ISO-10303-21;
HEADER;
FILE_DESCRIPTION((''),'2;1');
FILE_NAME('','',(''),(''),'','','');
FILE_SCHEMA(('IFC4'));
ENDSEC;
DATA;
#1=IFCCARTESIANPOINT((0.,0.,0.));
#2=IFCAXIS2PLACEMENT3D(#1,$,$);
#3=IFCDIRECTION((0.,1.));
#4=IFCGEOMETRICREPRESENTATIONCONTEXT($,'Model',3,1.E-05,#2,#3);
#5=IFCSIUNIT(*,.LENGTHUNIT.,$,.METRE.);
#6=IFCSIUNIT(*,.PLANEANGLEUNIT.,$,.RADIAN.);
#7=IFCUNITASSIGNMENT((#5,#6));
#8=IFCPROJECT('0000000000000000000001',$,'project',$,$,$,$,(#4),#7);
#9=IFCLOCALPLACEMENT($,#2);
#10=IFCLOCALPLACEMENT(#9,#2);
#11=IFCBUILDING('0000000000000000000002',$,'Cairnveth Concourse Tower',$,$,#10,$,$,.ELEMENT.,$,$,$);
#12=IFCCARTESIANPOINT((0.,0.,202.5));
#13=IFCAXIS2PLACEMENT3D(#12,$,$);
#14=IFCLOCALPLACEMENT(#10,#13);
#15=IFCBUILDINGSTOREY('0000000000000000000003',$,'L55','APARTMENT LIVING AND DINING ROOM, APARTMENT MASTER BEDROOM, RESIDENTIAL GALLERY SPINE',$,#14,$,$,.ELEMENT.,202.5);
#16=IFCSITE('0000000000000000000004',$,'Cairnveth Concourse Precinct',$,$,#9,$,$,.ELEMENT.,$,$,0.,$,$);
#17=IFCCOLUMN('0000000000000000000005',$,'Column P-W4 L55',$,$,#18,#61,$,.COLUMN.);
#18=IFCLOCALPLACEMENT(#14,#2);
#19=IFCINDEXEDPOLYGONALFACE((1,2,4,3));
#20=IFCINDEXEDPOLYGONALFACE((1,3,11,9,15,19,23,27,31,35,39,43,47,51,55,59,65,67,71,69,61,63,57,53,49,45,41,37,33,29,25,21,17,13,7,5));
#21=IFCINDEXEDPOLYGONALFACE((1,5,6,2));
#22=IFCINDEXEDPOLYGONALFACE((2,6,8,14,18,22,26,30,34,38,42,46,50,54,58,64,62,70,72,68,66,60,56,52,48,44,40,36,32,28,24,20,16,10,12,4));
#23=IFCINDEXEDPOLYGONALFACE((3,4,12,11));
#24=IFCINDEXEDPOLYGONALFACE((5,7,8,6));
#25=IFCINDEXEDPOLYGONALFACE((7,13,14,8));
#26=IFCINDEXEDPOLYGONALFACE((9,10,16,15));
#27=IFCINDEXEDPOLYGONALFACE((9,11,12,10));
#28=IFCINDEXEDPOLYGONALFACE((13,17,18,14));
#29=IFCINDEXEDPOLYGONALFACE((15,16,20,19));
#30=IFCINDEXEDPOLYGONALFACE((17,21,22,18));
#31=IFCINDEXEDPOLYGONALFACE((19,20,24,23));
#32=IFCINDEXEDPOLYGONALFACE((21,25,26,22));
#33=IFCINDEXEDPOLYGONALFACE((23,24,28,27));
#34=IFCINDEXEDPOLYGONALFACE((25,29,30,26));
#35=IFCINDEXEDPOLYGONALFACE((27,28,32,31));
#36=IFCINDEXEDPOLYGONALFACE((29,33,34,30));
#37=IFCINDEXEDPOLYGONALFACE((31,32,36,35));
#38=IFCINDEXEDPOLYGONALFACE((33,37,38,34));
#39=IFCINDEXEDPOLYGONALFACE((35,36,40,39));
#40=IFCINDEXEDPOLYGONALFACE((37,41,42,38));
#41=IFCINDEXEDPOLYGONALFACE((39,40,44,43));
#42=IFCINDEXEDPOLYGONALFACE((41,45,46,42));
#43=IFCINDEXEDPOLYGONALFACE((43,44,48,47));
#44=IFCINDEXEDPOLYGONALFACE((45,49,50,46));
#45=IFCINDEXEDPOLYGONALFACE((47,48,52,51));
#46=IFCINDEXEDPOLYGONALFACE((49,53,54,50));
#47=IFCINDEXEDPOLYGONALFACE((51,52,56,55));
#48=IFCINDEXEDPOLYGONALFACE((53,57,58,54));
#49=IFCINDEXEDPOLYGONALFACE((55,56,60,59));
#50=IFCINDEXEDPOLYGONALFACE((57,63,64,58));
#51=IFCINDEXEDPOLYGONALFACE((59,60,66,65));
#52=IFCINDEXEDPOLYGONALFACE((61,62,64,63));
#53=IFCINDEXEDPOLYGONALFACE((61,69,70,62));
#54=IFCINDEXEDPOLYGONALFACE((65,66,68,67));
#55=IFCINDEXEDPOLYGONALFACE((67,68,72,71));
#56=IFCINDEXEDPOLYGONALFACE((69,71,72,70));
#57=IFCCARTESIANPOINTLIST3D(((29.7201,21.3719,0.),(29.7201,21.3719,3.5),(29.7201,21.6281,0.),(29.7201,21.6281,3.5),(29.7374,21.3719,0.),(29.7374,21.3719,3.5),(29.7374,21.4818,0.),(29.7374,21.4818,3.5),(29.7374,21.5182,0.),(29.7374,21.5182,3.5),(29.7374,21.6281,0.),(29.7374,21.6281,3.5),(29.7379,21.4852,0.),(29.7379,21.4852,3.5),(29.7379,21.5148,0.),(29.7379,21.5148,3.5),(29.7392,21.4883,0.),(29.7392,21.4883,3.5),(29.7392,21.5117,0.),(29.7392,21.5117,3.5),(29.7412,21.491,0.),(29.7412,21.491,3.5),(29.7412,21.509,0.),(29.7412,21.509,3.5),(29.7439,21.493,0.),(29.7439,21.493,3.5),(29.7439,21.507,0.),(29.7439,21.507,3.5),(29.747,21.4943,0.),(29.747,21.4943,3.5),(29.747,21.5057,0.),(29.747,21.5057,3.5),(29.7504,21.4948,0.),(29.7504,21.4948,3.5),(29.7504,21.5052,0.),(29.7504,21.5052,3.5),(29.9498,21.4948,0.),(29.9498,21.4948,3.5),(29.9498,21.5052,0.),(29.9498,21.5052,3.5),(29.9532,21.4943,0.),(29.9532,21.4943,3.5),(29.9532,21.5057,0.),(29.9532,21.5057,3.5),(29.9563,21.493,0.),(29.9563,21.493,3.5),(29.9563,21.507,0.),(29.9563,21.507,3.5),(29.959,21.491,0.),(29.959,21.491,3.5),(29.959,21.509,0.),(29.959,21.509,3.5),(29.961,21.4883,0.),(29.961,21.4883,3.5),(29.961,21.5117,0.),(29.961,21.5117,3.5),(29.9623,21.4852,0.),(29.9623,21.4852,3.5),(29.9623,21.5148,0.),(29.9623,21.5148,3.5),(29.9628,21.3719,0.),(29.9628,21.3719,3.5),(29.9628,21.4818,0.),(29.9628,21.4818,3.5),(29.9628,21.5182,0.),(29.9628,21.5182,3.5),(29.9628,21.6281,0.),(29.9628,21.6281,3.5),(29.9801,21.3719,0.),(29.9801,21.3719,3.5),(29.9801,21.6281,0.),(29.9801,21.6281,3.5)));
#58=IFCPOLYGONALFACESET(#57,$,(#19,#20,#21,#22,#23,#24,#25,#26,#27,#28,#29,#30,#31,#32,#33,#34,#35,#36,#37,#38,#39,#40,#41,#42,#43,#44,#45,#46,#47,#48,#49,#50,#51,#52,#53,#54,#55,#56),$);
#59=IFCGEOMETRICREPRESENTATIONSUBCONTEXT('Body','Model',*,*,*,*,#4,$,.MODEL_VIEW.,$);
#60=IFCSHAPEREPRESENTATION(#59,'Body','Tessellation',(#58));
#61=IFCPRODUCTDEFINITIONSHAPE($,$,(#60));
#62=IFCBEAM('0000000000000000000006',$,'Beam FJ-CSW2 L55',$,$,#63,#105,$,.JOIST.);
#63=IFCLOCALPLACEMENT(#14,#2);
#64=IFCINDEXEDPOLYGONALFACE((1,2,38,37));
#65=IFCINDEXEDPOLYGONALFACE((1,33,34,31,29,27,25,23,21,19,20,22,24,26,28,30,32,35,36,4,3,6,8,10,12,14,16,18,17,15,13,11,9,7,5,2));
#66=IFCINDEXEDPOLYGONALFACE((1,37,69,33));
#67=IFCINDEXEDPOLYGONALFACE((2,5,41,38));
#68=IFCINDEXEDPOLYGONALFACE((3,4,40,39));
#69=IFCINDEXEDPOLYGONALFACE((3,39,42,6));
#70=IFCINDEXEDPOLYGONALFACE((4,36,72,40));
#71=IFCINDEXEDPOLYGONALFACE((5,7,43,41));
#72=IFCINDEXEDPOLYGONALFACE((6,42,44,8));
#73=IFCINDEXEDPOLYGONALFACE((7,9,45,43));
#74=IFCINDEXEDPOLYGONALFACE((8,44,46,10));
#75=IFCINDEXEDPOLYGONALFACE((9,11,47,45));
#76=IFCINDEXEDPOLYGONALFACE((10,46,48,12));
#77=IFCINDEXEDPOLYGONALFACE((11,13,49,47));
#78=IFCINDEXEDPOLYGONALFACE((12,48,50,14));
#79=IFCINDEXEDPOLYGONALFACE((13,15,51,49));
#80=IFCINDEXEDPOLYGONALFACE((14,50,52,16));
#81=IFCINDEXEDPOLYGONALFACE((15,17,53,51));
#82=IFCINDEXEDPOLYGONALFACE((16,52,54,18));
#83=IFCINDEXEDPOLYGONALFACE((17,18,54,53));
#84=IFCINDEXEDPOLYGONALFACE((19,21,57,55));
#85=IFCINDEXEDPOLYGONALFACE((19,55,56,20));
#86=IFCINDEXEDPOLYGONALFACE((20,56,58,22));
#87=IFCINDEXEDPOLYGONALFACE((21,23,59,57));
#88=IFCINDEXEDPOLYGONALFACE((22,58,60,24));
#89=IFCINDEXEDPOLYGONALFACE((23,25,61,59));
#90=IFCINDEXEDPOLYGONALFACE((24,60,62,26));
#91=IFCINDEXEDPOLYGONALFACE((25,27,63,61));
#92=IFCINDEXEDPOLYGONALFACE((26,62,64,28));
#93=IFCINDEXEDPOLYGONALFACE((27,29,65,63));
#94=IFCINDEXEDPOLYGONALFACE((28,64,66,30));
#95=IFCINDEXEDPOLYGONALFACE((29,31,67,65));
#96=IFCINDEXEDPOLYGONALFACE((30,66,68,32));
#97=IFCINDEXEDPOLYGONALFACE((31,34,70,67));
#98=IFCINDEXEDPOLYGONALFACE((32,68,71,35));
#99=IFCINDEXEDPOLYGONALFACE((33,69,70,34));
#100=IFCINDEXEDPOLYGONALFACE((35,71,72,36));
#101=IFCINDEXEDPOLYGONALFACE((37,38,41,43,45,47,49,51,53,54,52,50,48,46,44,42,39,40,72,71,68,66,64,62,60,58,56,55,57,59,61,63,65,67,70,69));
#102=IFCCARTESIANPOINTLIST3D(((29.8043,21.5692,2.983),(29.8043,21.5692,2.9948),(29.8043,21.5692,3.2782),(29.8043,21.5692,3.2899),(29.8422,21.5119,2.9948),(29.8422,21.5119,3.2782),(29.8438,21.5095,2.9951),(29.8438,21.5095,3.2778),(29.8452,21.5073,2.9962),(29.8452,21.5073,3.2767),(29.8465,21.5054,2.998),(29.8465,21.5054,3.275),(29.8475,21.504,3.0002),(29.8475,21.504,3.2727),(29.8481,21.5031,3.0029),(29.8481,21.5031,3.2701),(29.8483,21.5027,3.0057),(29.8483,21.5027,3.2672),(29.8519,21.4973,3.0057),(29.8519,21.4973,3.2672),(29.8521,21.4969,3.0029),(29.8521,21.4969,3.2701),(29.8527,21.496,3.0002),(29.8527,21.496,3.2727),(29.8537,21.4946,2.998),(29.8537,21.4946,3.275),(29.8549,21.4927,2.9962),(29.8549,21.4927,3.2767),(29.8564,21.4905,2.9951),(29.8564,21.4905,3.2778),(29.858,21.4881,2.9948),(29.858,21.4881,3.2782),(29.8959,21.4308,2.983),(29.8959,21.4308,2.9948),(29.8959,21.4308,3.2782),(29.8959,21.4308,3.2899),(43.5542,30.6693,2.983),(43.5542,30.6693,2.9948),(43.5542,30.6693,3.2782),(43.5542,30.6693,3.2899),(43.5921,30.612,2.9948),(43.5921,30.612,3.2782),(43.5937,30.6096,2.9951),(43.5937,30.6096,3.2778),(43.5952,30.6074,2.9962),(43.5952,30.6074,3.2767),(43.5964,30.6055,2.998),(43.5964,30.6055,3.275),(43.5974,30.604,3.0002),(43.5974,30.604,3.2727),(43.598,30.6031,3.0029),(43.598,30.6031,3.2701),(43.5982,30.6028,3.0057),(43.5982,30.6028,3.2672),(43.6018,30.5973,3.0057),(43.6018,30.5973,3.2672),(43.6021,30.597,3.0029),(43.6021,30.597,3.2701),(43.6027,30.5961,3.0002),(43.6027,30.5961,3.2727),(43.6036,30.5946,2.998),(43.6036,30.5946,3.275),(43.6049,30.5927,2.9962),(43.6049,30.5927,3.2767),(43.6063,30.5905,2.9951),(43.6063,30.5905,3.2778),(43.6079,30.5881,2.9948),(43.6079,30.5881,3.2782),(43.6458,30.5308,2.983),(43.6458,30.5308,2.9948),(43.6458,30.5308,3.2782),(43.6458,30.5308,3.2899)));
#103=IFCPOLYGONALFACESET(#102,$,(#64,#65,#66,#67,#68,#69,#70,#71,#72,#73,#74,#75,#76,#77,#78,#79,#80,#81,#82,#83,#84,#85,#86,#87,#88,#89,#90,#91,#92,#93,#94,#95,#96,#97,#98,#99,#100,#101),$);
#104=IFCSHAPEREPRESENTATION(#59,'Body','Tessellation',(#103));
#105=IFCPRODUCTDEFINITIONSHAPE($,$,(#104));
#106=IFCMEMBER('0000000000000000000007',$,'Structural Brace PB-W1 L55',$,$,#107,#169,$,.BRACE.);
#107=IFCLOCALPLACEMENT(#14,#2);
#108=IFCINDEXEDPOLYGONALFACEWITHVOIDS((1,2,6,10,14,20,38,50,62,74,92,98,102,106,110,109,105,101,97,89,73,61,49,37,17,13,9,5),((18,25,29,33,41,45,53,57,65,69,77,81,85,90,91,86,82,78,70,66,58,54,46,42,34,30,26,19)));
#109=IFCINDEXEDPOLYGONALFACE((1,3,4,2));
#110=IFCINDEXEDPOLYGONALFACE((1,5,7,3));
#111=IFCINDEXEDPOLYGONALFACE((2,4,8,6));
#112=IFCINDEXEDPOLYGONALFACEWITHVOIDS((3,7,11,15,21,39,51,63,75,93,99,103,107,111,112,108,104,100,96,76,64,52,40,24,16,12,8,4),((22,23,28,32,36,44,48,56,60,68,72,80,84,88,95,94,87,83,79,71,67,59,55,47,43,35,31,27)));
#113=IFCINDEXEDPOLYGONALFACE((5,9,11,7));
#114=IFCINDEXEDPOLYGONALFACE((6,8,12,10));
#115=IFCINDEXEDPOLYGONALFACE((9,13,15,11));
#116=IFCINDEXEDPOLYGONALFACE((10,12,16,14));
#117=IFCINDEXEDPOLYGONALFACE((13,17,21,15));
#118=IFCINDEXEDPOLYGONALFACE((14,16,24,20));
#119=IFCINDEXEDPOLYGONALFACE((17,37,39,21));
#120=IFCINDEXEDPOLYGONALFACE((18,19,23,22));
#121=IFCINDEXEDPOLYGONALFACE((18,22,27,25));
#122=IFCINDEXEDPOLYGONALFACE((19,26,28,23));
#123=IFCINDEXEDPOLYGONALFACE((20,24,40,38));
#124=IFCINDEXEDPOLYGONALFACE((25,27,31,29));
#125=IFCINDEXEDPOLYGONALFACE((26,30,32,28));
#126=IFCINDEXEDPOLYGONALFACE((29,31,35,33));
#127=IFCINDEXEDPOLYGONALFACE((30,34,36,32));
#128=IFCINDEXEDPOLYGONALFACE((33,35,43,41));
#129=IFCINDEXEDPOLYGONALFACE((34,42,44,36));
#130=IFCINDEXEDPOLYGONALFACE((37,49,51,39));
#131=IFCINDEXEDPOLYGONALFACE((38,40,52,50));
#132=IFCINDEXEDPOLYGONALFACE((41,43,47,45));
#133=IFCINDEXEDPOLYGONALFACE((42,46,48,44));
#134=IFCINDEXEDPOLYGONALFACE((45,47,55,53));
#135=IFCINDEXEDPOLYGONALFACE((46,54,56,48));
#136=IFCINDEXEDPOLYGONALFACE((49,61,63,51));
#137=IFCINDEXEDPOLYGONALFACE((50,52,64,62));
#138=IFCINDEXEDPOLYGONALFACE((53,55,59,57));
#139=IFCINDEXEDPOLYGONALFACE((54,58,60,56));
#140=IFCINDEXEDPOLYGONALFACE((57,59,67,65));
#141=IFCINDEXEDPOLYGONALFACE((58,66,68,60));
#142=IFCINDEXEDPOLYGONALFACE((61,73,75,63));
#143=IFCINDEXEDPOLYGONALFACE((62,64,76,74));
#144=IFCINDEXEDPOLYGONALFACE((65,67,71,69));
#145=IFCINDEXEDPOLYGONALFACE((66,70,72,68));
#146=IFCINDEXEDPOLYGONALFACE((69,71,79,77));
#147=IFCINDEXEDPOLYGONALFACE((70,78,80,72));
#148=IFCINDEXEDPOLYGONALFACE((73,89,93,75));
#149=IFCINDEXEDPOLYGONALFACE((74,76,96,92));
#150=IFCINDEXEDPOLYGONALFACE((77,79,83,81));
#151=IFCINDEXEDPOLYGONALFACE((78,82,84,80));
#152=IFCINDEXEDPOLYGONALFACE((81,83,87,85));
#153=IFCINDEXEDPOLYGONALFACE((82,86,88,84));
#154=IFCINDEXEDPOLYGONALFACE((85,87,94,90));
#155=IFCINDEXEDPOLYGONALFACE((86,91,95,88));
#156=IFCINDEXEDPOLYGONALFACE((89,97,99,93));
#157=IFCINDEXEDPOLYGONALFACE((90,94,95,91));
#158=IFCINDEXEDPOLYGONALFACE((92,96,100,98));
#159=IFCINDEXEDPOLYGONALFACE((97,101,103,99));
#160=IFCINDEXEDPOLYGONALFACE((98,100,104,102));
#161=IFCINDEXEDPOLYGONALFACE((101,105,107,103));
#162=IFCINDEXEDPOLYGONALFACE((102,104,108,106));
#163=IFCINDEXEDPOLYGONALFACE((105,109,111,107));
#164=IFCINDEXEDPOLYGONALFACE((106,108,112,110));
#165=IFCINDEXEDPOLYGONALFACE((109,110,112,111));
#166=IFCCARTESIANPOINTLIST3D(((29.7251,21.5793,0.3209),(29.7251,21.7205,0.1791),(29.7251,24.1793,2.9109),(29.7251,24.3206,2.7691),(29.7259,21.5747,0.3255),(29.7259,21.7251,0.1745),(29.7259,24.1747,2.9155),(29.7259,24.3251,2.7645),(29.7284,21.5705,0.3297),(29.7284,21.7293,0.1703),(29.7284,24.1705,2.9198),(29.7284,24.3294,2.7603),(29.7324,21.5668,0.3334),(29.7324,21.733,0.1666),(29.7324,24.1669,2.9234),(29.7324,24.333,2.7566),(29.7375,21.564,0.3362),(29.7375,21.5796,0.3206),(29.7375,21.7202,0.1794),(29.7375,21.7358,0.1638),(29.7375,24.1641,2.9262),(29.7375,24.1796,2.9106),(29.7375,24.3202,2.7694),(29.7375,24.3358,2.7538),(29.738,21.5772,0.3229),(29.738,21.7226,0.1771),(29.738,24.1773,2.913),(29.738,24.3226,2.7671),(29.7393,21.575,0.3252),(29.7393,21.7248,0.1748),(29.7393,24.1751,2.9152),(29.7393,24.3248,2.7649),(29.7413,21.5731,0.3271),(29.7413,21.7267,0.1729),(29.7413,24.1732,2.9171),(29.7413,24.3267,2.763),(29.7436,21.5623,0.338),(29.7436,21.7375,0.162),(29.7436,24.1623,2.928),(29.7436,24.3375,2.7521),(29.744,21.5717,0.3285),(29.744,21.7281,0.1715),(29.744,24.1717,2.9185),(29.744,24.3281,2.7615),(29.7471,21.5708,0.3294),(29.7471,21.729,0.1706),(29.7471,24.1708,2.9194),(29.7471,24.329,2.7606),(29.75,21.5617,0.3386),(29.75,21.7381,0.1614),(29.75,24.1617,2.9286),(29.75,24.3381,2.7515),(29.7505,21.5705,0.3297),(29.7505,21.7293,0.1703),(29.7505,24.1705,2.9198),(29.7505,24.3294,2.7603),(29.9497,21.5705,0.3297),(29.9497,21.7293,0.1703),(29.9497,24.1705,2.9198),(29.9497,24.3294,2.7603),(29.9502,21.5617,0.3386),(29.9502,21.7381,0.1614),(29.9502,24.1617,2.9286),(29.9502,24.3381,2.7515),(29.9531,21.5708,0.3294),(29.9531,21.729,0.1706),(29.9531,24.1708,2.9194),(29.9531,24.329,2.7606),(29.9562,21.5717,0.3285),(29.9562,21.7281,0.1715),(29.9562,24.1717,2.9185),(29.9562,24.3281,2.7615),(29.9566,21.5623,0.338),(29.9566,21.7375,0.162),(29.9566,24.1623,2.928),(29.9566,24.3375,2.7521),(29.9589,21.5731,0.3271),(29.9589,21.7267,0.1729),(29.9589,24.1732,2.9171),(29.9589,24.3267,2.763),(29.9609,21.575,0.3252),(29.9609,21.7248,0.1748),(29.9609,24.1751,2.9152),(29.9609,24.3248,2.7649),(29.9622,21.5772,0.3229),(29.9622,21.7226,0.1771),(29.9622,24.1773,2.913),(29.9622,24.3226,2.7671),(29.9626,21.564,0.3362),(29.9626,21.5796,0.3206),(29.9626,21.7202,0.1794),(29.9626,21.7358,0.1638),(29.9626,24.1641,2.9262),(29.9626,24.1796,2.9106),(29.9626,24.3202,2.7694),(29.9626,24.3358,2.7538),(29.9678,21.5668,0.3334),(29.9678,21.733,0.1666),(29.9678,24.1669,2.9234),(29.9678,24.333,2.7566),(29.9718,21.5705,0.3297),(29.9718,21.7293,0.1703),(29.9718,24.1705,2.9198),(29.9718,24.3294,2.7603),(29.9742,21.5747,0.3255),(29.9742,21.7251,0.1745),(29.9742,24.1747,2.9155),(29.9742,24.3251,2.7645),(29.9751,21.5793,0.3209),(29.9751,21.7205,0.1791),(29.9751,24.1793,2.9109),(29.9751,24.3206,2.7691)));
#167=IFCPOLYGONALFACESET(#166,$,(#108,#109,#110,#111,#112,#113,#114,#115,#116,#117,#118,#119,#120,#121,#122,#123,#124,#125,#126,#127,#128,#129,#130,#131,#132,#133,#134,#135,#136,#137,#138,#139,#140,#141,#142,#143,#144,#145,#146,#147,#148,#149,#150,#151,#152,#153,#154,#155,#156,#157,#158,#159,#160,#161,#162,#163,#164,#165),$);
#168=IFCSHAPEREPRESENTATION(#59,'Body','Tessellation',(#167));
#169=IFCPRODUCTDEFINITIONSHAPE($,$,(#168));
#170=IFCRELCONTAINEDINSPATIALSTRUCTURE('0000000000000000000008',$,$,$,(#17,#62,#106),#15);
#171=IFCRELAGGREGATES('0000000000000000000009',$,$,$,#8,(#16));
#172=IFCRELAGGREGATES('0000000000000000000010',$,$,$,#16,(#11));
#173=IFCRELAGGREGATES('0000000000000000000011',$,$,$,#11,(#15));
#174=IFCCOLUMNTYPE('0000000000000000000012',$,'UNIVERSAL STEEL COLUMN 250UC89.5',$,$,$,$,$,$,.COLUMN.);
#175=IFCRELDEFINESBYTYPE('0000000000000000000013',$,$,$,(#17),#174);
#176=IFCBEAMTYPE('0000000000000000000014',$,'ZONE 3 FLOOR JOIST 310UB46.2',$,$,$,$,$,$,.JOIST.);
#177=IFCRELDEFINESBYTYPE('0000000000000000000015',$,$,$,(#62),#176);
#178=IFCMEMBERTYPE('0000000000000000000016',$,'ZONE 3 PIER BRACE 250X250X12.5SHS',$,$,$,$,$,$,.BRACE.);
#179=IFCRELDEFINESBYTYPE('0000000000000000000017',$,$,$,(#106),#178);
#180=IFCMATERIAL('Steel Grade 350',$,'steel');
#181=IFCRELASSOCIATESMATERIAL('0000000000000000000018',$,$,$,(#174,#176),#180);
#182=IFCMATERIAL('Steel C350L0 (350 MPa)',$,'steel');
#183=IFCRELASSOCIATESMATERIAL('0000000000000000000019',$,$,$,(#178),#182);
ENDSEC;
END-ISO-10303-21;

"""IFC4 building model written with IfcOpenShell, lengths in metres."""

from ifc_helpers import new_model, si_unit, direction, frame, origin, origin_2d, place, context, subcontext, project, spatial, hollow_rectangle, i_section, extrude, material, material_profile, profile_set, type_object, element, save


model = new_model("IFC4")

# Units and contexts
model_context = context("Model", 3, precision=1e-05, world=origin(), true_north=direction((0.0, 1.0)))
body_context = subcontext(model_context, "Body", "Model", "MODEL_VIEW")
ifc_project = project(units=[si_unit("LENGTHUNIT", "METRE"), si_unit("PLANEANGLEUNIT", "RADIAN")], contexts=[model_context])

# Site, building, storey
site_placement = place(None, origin())
site = spatial("IfcSite", under=ifc_project, at=site_placement, Name="Cairnveth Concourse Precinct", CompositionType="ELEMENT", RefElevation=0.0)
building_placement = place(site_placement, origin())
building = spatial("IfcBuilding", under=site, at=building_placement, Name="Cairnveth Concourse Tower", CompositionType="ELEMENT")
storey_placement = place(building_placement, frame((0.0, 0.0, 202.5)))
storey = spatial("IfcBuildingStorey", under=building, at=storey_placement, Name="L55", Description="APARTMENT LIVING AND DINING ROOM, APARTMENT MASTER BEDROOM, RESIDENTIAL GALLERY SPINE", CompositionType="ELEMENT", Elevation=202.5)

# Column
ifc_material_1 = material(Name="Steel Grade 350", Category="steel")
ifc_material_profile_1 = material_profile(ifc_material_1, i_section(OverallWidth=0.2561, OverallDepth=0.26, WebThickness=0.0105, FlangeThickness=0.0173, FilletRadius=0.0129, at=origin_2d()), Name="250UC89.5")
ifc_profile_set_1 = profile_set([ifc_material_profile_1], Name="Steel Grade 350")
column_type = type_object("IfcColumnType", Name="UNIVERSAL STEEL COLUMN 250UC89.5", PredefinedType="COLUMN", material=ifc_profile_set_1)
column_placement = place(storey_placement, frame((29.8501, 21.5, 0.0), z_axis=(0.0, 0.0, 1.0), x_axis=(0.0, 1.0, 0.0)))
element("IfcColumn", 1, at=column_placement, inside=storey, type_object=column_type, Name="Column P-W4 L55", PredefinedType="COLUMN", context=body_context, shape_type="SweptSolid", body=[
    extrude(i_section(OverallWidth=0.2561, OverallDepth=0.26, WebThickness=0.0105, FlangeThickness=0.0173, FilletRadius=0.0129, at=origin_2d()), origin(), (0.0, 0.0, 1.0), 3.5),
])

# Beam
ifc_material_profile_2 = material_profile(ifc_material_1, i_section(OverallWidth=0.166, OverallDepth=0.3069, WebThickness=0.0066, FlangeThickness=0.0117, FilletRadius=0.011, at=origin_2d()), Name="310UB46.2")
ifc_profile_set_2 = profile_set([ifc_material_profile_2], Name="Steel Grade 350")
beam_type_1 = type_object("IfcBeamType", Name="ZONE 3 FLOOR JOIST 310UB46.2", PredefinedType="JOIST", material=ifc_profile_set_2)
beam_1_placement = place(storey_placement, frame((29.8501, 21.5, 3.1365), z_axis=(0.833909, 0.551902, 0.0), x_axis=(-0.551902, 0.833909, 0.0)))
element("IfcBeam", 2, at=beam_1_placement, inside=storey, type_object=beam_type_1, Name="Beam FJ-CSW2 L55", PredefinedType="JOIST", context=body_context, shape_type="SweptSolid", body=[
    extrude(i_section(OverallWidth=0.166, OverallDepth=0.3069, WebThickness=0.0066, FlangeThickness=0.0117, FilletRadius=0.011, at=origin_2d()), origin(), (0.0, 0.0, 1.0), 16.4885),
])

# Member
ifc_material_2 = material(Name="Steel C350L0 (350 MPa)", Category="steel")
ifc_material_profile_3 = material_profile(ifc_material_2, hollow_rectangle(XDim=0.25, YDim=0.25, WallThickness=0.0125, InnerFilletRadius=0.0129, OuterFilletRadius=0.0249, at=origin_2d()), Name="250x250x12.5SHS")
ifc_profile_set_3 = profile_set([ifc_material_profile_3], Name="Steel C350L0 (350 MPa)")
member_type = type_object("IfcMemberType", Name="ZONE 3 PIER BRACE 250X250X12.5SHS", PredefinedType="BRACE", material=ifc_profile_set_3)
member_placement = place(storey_placement, frame((29.8501, 21.6499, 0.25), z_axis=(0.0, 0.708469, 0.705742), x_axis=(-1.0, 0.0, 0.0)))
element("IfcMember", 3, at=member_placement, inside=storey, type_object=member_type, Name="Structural Brace PB-W1 L55", PredefinedType="BRACE", context=body_context, shape_type="SweptSolid", body=[
    extrude(hollow_rectangle(XDim=0.25, YDim=0.25, WallThickness=0.0125, InnerFilletRadius=0.0129, OuterFilletRadius=0.0249, at=origin_2d()), origin(), (0.0, 0.0, 1.0), 3.6699),
])

save(model, "model.ifc")
